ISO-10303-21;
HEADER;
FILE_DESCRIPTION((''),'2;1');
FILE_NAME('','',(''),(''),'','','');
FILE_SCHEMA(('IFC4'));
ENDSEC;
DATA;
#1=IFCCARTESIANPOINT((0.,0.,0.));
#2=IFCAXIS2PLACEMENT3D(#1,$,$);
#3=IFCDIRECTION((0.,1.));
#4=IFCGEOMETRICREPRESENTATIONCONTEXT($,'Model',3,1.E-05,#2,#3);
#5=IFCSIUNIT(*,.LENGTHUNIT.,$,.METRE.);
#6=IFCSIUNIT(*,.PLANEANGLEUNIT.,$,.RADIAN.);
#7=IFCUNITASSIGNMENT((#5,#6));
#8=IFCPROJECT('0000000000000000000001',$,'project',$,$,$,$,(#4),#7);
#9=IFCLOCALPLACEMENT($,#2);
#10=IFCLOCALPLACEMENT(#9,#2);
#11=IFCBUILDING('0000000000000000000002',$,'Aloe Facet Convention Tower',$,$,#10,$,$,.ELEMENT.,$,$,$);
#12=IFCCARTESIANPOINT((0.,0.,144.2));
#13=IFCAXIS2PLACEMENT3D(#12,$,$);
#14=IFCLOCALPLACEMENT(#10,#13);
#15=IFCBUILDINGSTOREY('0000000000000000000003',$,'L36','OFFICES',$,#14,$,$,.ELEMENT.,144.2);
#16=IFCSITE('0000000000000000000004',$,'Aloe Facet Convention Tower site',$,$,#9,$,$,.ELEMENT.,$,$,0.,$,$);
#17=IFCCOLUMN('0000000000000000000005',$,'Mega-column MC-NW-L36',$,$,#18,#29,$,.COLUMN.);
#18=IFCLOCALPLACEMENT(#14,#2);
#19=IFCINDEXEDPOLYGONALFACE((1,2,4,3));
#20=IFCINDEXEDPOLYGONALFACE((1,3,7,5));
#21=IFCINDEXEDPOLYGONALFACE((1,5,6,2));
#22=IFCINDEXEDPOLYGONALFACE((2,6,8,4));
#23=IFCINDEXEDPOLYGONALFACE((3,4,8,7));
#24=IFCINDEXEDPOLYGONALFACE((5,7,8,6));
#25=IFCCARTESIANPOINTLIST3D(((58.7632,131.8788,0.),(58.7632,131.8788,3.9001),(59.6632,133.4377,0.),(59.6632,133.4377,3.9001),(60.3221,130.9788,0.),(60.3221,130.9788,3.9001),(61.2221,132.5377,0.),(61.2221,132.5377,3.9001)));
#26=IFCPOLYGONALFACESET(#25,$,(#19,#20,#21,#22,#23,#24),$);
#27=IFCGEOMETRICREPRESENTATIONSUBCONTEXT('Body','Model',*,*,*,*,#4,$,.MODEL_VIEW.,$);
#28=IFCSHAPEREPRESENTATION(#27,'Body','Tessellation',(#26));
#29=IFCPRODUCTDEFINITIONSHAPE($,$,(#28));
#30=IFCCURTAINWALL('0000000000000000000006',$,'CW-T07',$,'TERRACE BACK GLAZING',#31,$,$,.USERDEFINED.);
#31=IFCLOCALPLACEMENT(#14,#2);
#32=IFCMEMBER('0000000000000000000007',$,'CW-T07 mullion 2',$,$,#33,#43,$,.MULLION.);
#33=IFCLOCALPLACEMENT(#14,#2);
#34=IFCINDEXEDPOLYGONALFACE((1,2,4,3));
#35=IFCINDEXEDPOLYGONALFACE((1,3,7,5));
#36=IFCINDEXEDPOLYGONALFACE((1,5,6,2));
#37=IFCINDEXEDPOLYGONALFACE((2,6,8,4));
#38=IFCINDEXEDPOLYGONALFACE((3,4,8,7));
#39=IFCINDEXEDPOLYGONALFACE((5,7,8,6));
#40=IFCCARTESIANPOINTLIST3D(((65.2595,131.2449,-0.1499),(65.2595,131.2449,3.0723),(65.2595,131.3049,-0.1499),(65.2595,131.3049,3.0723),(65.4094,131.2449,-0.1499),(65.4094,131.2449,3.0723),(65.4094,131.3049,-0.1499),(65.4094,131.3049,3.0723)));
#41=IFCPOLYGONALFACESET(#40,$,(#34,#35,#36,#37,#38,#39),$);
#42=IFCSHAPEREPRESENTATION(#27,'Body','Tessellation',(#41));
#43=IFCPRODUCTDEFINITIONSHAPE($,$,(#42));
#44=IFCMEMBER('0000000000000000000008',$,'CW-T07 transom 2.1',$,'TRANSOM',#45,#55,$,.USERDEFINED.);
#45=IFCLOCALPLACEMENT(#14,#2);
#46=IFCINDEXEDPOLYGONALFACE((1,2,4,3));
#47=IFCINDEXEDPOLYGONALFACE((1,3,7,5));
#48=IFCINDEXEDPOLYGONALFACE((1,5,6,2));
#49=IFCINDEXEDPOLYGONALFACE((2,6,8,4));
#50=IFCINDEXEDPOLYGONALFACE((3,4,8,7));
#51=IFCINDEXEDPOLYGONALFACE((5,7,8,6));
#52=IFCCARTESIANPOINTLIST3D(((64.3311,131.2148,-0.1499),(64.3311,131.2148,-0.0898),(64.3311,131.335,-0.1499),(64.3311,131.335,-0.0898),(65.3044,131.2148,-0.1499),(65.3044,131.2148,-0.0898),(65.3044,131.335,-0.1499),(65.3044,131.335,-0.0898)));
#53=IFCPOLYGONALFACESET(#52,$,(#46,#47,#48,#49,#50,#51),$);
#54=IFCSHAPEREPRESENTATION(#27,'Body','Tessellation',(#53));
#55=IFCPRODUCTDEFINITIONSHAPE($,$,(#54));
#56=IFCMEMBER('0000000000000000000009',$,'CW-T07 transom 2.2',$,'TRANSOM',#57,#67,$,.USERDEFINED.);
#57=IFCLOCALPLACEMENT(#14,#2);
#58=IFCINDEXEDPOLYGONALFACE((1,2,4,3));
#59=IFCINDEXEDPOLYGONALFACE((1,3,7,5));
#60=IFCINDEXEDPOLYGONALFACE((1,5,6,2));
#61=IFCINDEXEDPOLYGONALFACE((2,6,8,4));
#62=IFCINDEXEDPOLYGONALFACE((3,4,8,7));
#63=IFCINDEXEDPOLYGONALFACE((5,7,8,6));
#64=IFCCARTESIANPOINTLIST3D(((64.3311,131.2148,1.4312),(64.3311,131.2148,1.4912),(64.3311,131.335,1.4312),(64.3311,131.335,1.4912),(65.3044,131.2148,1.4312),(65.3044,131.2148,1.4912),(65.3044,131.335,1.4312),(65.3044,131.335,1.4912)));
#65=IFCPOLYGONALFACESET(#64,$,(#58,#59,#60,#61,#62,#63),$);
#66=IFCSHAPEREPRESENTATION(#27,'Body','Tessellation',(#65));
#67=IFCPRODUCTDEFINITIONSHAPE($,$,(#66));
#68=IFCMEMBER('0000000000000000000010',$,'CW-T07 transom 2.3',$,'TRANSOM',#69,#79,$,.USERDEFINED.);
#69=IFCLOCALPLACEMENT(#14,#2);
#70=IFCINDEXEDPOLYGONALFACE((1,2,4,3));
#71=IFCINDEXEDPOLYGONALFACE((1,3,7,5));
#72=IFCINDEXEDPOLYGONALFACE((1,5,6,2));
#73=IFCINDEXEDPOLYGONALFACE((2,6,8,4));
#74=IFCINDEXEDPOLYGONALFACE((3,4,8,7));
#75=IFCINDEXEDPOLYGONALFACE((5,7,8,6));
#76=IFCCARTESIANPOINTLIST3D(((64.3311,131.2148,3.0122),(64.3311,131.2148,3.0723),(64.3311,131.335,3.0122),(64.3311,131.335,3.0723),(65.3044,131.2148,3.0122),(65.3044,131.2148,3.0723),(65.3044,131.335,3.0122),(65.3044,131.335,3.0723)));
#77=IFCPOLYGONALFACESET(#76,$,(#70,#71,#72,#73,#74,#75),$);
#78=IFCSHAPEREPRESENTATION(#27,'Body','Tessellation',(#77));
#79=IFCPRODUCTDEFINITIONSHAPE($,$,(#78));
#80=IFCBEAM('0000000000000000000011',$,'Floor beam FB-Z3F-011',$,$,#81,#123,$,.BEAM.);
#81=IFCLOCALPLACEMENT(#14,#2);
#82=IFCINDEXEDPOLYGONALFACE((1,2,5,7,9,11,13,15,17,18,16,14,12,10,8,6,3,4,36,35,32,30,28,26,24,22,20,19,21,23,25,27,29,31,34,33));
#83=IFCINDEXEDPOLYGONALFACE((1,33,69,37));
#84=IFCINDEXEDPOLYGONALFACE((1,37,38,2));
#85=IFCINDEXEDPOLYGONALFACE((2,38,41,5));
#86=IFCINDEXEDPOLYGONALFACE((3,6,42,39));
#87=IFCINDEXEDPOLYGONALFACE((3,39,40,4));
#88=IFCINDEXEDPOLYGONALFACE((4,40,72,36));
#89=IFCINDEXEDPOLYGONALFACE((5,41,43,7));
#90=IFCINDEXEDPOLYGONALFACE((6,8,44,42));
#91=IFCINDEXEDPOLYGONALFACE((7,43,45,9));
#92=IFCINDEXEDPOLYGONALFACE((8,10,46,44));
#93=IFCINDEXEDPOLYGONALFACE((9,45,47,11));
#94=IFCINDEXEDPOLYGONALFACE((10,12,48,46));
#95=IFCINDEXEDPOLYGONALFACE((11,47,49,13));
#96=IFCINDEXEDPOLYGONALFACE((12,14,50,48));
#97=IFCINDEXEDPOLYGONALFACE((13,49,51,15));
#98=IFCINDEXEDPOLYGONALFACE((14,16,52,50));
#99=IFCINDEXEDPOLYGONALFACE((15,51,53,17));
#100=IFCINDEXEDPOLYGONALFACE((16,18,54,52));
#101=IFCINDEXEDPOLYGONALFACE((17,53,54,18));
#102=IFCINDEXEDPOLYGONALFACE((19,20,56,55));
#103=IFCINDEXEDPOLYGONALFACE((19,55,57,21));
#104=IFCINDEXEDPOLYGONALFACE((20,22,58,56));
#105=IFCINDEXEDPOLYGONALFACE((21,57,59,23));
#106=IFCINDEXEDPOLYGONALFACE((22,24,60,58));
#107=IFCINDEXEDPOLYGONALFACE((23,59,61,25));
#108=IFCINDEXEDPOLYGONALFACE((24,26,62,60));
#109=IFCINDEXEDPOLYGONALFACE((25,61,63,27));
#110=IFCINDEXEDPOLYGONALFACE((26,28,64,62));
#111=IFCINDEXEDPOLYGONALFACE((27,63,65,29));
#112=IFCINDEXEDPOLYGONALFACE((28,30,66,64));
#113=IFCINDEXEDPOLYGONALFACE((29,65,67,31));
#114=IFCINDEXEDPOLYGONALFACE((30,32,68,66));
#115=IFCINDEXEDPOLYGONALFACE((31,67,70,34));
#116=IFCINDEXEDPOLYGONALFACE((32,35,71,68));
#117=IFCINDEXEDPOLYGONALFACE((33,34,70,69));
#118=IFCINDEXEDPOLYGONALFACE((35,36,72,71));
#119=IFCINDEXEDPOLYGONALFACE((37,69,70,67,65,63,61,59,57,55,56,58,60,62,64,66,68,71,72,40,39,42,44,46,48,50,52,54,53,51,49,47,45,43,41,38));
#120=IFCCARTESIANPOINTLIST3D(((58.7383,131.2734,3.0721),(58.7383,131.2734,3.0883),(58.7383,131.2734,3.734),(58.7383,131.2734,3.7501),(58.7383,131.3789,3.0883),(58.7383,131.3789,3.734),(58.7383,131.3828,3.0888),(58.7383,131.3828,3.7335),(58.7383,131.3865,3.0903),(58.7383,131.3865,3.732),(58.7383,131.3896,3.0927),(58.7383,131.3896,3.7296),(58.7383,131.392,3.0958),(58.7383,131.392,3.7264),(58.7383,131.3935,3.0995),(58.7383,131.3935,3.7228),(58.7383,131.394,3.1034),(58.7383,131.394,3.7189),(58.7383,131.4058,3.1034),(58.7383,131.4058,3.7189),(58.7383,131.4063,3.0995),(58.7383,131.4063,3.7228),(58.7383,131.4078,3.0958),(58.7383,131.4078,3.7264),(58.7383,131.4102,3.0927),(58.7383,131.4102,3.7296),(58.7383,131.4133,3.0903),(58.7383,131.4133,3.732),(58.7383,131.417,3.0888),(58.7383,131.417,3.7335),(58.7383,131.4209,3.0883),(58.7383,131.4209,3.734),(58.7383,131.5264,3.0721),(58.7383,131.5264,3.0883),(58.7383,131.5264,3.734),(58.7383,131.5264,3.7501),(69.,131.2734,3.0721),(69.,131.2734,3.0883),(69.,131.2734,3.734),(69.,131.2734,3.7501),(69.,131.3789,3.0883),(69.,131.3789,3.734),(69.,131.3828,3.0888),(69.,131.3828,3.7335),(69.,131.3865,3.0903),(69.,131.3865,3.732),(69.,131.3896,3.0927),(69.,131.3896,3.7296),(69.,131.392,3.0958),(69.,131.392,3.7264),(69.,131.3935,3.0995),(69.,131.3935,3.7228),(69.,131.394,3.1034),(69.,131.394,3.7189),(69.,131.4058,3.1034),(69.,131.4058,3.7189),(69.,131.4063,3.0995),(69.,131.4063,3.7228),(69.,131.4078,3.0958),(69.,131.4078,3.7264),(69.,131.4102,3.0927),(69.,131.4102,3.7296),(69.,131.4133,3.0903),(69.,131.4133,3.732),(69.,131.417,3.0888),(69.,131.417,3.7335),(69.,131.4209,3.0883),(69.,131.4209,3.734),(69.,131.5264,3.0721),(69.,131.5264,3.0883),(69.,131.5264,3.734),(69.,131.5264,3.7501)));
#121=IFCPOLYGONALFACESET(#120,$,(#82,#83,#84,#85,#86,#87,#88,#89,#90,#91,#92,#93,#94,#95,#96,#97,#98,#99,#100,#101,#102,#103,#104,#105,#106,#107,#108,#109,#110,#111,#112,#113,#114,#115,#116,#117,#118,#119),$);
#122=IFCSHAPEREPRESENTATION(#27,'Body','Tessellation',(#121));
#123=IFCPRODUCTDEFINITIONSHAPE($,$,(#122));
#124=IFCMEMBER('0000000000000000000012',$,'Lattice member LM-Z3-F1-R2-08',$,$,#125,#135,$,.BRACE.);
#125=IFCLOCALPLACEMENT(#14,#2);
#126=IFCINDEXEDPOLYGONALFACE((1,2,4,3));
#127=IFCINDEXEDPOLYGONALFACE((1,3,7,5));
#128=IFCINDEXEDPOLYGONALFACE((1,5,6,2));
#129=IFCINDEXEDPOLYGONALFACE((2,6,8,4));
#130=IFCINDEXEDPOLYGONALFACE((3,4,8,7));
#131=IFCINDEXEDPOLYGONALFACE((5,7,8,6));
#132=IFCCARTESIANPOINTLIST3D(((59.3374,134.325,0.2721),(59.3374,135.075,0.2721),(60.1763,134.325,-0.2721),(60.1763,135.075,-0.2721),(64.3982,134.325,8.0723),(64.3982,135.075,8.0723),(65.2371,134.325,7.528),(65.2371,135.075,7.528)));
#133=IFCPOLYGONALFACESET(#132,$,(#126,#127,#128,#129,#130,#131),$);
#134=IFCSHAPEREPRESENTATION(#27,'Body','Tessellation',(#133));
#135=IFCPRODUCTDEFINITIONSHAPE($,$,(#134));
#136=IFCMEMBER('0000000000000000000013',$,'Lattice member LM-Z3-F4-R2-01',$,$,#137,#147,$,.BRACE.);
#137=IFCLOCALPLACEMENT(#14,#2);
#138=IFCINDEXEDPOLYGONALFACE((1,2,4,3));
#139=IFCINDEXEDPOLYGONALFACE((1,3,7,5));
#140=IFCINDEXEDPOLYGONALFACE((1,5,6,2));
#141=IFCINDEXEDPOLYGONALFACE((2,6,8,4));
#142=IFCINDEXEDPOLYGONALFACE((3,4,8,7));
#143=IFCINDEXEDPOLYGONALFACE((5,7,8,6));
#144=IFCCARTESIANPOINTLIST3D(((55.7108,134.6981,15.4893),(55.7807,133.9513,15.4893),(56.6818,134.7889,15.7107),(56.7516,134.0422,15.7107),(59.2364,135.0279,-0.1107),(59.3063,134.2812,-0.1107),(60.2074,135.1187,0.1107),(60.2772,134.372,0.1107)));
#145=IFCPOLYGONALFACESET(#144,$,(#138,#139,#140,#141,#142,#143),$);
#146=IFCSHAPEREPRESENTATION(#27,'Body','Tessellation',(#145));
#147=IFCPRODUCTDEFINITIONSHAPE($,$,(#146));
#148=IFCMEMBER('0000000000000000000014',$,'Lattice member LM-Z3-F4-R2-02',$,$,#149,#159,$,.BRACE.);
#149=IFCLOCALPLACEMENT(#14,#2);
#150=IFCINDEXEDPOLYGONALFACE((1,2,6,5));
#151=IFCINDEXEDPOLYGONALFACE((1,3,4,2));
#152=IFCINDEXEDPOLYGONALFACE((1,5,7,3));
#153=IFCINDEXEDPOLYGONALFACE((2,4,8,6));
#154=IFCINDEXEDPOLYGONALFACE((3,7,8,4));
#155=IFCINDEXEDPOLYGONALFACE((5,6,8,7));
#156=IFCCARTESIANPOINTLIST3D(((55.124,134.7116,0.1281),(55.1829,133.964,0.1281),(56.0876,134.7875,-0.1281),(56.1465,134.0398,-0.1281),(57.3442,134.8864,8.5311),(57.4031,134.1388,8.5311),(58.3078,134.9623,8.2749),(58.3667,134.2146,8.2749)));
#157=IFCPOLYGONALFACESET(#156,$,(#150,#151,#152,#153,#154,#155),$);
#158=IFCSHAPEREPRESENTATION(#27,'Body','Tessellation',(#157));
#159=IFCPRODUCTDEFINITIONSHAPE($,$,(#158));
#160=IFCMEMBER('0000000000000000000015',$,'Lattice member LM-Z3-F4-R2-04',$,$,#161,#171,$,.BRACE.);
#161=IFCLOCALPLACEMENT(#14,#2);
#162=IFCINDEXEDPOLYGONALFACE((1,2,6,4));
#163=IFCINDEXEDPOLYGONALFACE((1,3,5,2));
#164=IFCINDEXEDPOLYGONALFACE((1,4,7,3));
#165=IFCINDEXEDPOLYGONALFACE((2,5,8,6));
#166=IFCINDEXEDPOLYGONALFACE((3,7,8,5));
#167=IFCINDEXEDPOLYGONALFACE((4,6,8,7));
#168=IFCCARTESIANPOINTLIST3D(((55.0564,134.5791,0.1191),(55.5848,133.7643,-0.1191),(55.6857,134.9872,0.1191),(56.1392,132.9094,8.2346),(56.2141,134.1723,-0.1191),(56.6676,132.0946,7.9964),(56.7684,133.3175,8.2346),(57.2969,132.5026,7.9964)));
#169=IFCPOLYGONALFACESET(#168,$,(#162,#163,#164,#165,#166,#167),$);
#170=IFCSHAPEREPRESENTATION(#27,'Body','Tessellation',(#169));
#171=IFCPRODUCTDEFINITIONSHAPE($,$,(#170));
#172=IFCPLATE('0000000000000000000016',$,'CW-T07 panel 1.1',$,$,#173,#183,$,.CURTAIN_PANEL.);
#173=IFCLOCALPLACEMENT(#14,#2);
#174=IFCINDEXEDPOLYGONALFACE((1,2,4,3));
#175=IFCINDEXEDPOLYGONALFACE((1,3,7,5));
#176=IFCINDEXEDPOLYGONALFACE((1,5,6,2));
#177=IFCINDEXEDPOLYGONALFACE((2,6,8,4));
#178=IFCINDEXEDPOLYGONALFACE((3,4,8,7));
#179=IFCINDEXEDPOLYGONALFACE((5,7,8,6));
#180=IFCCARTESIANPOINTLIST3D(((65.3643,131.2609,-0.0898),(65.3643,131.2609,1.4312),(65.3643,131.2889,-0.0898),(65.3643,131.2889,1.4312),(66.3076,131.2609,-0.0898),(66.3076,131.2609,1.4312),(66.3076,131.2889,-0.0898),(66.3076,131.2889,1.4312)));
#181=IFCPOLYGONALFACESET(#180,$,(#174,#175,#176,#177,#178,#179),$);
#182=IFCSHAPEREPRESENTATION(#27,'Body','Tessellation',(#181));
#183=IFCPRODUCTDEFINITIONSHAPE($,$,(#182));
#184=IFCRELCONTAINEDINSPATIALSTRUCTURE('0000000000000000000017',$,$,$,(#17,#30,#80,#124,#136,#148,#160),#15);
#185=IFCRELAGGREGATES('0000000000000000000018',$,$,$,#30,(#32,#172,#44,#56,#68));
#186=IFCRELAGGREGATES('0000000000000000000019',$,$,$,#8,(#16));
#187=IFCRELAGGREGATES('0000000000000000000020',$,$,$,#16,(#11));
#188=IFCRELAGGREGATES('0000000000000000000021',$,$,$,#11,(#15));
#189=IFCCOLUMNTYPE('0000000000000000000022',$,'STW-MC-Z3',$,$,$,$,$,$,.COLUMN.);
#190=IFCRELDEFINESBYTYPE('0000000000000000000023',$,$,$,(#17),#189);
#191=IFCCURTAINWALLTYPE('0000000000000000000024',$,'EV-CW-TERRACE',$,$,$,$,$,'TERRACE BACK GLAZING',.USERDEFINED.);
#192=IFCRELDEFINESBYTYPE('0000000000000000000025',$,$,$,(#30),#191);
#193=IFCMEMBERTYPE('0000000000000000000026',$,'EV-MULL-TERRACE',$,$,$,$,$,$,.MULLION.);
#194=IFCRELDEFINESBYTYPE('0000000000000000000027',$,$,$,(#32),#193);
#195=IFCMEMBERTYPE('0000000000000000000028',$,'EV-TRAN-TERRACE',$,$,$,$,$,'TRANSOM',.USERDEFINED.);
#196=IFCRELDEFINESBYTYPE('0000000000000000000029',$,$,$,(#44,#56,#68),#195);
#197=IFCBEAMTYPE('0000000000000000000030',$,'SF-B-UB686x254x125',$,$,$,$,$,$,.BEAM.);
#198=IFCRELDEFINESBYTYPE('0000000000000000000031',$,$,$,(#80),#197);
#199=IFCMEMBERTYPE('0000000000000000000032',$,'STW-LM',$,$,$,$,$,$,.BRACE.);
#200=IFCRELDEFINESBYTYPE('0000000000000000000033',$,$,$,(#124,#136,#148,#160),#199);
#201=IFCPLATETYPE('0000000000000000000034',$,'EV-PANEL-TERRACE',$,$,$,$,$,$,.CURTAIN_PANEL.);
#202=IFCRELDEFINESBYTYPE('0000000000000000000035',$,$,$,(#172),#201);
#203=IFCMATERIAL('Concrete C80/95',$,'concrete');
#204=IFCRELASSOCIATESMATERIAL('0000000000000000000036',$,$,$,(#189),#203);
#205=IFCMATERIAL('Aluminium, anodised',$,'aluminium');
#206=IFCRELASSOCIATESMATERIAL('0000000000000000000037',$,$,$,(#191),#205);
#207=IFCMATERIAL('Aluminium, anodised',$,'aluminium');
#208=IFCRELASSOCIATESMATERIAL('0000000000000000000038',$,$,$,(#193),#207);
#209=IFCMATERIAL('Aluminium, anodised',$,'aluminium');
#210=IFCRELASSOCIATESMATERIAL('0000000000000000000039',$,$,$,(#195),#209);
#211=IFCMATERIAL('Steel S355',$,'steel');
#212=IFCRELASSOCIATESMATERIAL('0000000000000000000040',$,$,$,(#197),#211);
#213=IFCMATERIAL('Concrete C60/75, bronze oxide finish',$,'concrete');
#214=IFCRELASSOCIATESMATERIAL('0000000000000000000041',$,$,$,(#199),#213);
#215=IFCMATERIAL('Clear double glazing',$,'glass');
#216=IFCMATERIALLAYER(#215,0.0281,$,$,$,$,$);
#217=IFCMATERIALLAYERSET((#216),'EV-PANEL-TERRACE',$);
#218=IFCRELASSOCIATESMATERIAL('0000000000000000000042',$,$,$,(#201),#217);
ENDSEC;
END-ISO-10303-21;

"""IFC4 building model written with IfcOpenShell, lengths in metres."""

from ifc_helpers import new_model, si_unit, direction, frame, origin, origin_2d, place, context, subcontext, project, spatial, rectangle, i_section, extrude, material, layer, layer_set, material_profile, profile_set, type_object, element, aggregate, save


model = new_model("IFC4")

# Units and contexts
model_context = context("Model", 3, precision=1e-05, world=origin(), true_north=direction((0.0, 1.0)))
body_context = subcontext(model_context, "Body", "Model", "MODEL_VIEW")
ifc_project = project(units=[si_unit("LENGTHUNIT", "METRE"), si_unit("PLANEANGLEUNIT", "RADIAN")], contexts=[model_context])

# Site, building, storey
site_placement = place(None, origin())
site = spatial("IfcSite", under=ifc_project, at=site_placement, Name="Aloe Facet Convention Tower site", CompositionType="ELEMENT", RefElevation=0.0)
building_placement = place(site_placement, origin())
building = spatial("IfcBuilding", under=site, at=building_placement, Name="Aloe Facet Convention Tower", CompositionType="ELEMENT")
storey_placement = place(building_placement, frame((0.0, 0.0, 144.2)))
storey = spatial("IfcBuildingStorey", under=building, at=storey_placement, Name="L36", Description="OFFICES", CompositionType="ELEMENT", Elevation=144.2)

# Column
ifc_material_1 = material(Name="Concrete C80/95", Category="concrete")
ifc_material_profile_1 = material_profile(ifc_material_1, rectangle(XDim=1.8, YDim=1.8, at=origin_2d()), Name="STW-MC-Z3")
ifc_profile_set_1 = profile_set([ifc_material_profile_1], Name="Concrete C80/95")
column_type = type_object("IfcColumnType", Name="STW-MC-Z3", PredefinedType="COLUMN", material=ifc_profile_set_1)
column_placement = place(storey_placement, frame((59.9927, 132.2083, 0.0), z_axis=(0.0, 0.0, 1.0), x_axis=(-0.5, -0.866025, 0.0)))
element("IfcColumn", 1, at=column_placement, inside=storey, type_object=column_type, Name="Mega-column MC-NW-L36", PredefinedType="COLUMN", context=body_context, shape_type="SweptSolid", body=[
    extrude(rectangle(XDim=1.8, YDim=1.8, at=origin_2d()), origin(), (0.0, 0.0, 1.0), 3.9001),
])

# Curtain wall, members
ifc_material_2 = material(Name="Aluminium, anodised", Category="aluminium")
curtain_wall_type = type_object("IfcCurtainWallType", Name="EV-CW-TERRACE", ElementType="TERRACE BACK GLAZING", PredefinedType="USERDEFINED", material=ifc_material_2)
curtain_wall_placement = place(storey_placement, origin())
curtain_wall = element("IfcCurtainWall", 2, at=curtain_wall_placement, inside=storey, type_object=curtain_wall_type, Name="CW-T07", ObjectType="TERRACE BACK GLAZING", PredefinedType="USERDEFINED")
ifc_material_3 = material(Name="Aluminium, anodised", Category="aluminium")
ifc_material_profile_2 = material_profile(ifc_material_3, rectangle(XDim=0.0601, YDim=0.1499, at=origin_2d()), Name="AL 60x150")
ifc_profile_set_2 = profile_set([ifc_material_profile_2], Name="Aluminium, anodised")
member_type_1 = type_object("IfcMemberType", Name="EV-MULL-TERRACE", PredefinedType="MULLION", material=ifc_profile_set_2)
member_1_placement = place(storey_placement, frame((65.3345, 131.2749, -0.1499), z_axis=(0.0, 0.0, 1.0), x_axis=(0.0, -1.0, 0.0)))
member_1 = element("IfcMember", 3, at=member_1_placement, type_object=member_type_1, Name="CW-T07 mullion 2", PredefinedType="MULLION", context=body_context, shape_type="SweptSolid", body=[
    extrude(rectangle(XDim=0.0601, YDim=0.1499, at=origin_2d()), origin(), (0.0, 0.0, 1.0), 3.2222),
])
ifc_material_4 = material(Name="Aluminium, anodised", Category="aluminium")
ifc_material_profile_3 = material_profile(ifc_material_4, rectangle(XDim=0.1201, YDim=0.0601, at=origin_2d()), Name="AL 120x60")
ifc_profile_set_3 = profile_set([ifc_material_profile_3], Name="Aluminium, anodised")
member_type_2 = type_object("IfcMemberType", Name="EV-TRAN-TERRACE", ElementType="TRANSOM", PredefinedType="USERDEFINED", material=ifc_profile_set_3)
member_2_placement = place(storey_placement, frame((65.3044, 131.2749, -0.1199), z_axis=(-1.0, 0.0, 0.0), x_axis=(0.0, -1.0, 0.0)))
member_2 = element("IfcMember", 4, at=member_2_placement, type_object=member_type_2, Name="CW-T07 transom 2.1", ObjectType="TRANSOM", PredefinedType="USERDEFINED", context=body_context, shape_type="SweptSolid", body=[
    extrude(rectangle(XDim=0.1201, YDim=0.0601, at=origin_2d()), origin(), (0.0, 0.0, 1.0), 0.9734),
])
member_3_placement = place(storey_placement, frame((65.3044, 131.2749, 1.4612), z_axis=(-1.0, 0.0, 0.0), x_axis=(0.0, -1.0, 0.0)))
member_3 = element("IfcMember", 5, at=member_3_placement, type_object=member_type_2, Name="CW-T07 transom 2.2", ObjectType="TRANSOM", PredefinedType="USERDEFINED", context=body_context, shape_type="SweptSolid", body=[
    extrude(rectangle(XDim=0.1201, YDim=0.0601, at=origin_2d()), origin(), (0.0, 0.0, 1.0), 0.9734),
])
member_4_placement = place(storey_placement, frame((65.3044, 131.2749, 3.0422), z_axis=(-1.0, 0.0, 0.0), x_axis=(0.0, -1.0, 0.0)))
member_4 = element("IfcMember", 6, at=member_4_placement, type_object=member_type_2, Name="CW-T07 transom 2.3", ObjectType="TRANSOM", PredefinedType="USERDEFINED", context=body_context, shape_type="SweptSolid", body=[
    extrude(rectangle(XDim=0.1201, YDim=0.0601, at=origin_2d()), origin(), (0.0, 0.0, 1.0), 0.9734),
])

# Beam
ifc_material_5 = material(Name="Steel S355", Category="steel")
ifc_material_profile_4 = material_profile(ifc_material_5, i_section(OverallWidth=0.2529, OverallDepth=0.678, WebThickness=0.0117, FlangeThickness=0.0161, FilletRadius=0.0151, at=origin_2d()), Name="UB 686x254x125")
ifc_profile_set_4 = profile_set([ifc_material_profile_4], Name="Steel S355")
beam_type = type_object("IfcBeamType", Name="SF-B-UB686x254x125", PredefinedType="BEAM", material=ifc_profile_set_4)
beam_placement = place(storey_placement, frame((58.7383, 131.3999, 3.4111), z_axis=(1.0, 0.0, 0.0), x_axis=(0.0, 1.0, 0.0)))
element("IfcBeam", 7, at=beam_placement, inside=storey, type_object=beam_type, Name="Floor beam FB-Z3F-011", PredefinedType="BEAM", context=body_context, shape_type="SweptSolid", body=[
    extrude(i_section(OverallWidth=0.2529, OverallDepth=0.678, WebThickness=0.0117, FlangeThickness=0.0161, FilletRadius=0.0151, at=origin_2d()), origin(), (0.0, 0.0, 1.0), 10.2617),
])

# Members
ifc_material_6 = material(Name="Concrete C60/75, bronze oxide finish", Category="concrete")
ifc_material_profile_5 = material_profile(ifc_material_6, rectangle(XDim=0.75, YDim=1.0, at=origin_2d()), Name="STW-LM")
ifc_profile_set_5 = profile_set([ifc_material_profile_5], Name="Concrete C60/75, bronze oxide finish")
member_type_3 = type_object("IfcMemberType", Name="STW-LM", PredefinedType="BRACE", material=ifc_profile_set_5)
member_5_placement = place(storey_placement, frame((59.7568, 134.7, 0.0), z_axis=(0.54429, 0.0, 0.838897), x_axis=(0.0, 1.0, 0.0)))
element("IfcMember", 8, at=member_5_placement, inside=storey, type_object=member_type_3, Name="Lattice member LM-Z3-F1-R2-08", PredefinedType="BRACE", context=body_context, shape_type="SweptSolid", body=[
    extrude(rectangle(XDim=0.75, YDim=1.0, at=origin_2d()), origin(), (0.0, 0.0, 1.0), 9.2981),
])
member_6_placement = place(storey_placement, frame((59.7568, 134.7, 0.0), z_axis=(-0.220394, -0.020619, 0.975193), x_axis=(0.093146, -0.995652, 0.0)))
element("IfcMember", 9, at=member_6_placement, inside=storey, type_object=member_type_3, Name="Lattice member LM-Z3-F4-R2-01", PredefinedType="BRACE", context=body_context, shape_type="SweptSolid", body=[
    extrude(rectangle(XDim=0.75, YDim=1.0, at=origin_2d()), origin(), (0.0, 0.0, 1.0), 15.9968),
])
member_7_placement = place(storey_placement, frame((55.6353, 134.3757, 0.0), z_axis=(0.255397, 0.020108, 0.966627), x_axis=(-0.07849, 0.996915, 0.0)))
element("IfcMember", 10, at=member_7_placement, inside=storey, type_object=member_type_3, Name="Lattice member LM-Z3-F4-R2-02", PredefinedType="BRACE", context=body_context, shape_type="SweptSolid", body=[
    extrude(rectangle(XDim=0.75, YDim=1.0, at=origin_2d()), origin(), (0.0, 0.0, 1.0), 8.6931),
])
member_8_placement = place(storey_placement, frame((55.6353, 134.3757, 0.0), z_axis=(0.129581, -0.19982, 0.971226), x_axis=(0.839023, 0.544095, 0.0)))
element("IfcMember", 11, at=member_8_placement, inside=storey, type_object=member_type_3, Name="Lattice member LM-Z3-F4-R2-04", PredefinedType="BRACE", context=body_context, shape_type="SweptSolid", body=[
    extrude(rectangle(XDim=0.75, YDim=1.0, at=origin_2d()), origin(), (0.0, 0.0, 1.0), 8.356),
])

# Plate
ifc_material_7 = material(Name="Clear double glazing", Category="glass")
ifc_layer_1 = layer(ifc_material_7, 0.0281)
ifc_layer_set_1 = layer_set([ifc_layer_1], Name="EV-PANEL-TERRACE")
plate_type = type_object("IfcPlateType", Name="EV-PANEL-TERRACE", PredefinedType="CURTAIN_PANEL", material=ifc_layer_set_1)
plate_1_placement = place(storey_placement, frame((65.8359, 131.2749, -0.0898), z_axis=(0.0, 0.0, 1.0), x_axis=(-1.0, 0.0, 0.0)))
plate_1 = element("IfcPlate", 12, at=plate_1_placement, type_object=plate_type, Name="CW-T07 panel 1.1", PredefinedType="CURTAIN_PANEL", context=body_context, shape_type="SweptSolid", body=[
    extrude(rectangle(XDim=0.9434, YDim=0.0281, at=origin_2d()), origin(), (0.0, 0.0, 1.0), 1.521),
])
aggregate(curtain_wall, [member_1, plate_1, member_2, member_3, member_4])

save(model, "model.ifc")
